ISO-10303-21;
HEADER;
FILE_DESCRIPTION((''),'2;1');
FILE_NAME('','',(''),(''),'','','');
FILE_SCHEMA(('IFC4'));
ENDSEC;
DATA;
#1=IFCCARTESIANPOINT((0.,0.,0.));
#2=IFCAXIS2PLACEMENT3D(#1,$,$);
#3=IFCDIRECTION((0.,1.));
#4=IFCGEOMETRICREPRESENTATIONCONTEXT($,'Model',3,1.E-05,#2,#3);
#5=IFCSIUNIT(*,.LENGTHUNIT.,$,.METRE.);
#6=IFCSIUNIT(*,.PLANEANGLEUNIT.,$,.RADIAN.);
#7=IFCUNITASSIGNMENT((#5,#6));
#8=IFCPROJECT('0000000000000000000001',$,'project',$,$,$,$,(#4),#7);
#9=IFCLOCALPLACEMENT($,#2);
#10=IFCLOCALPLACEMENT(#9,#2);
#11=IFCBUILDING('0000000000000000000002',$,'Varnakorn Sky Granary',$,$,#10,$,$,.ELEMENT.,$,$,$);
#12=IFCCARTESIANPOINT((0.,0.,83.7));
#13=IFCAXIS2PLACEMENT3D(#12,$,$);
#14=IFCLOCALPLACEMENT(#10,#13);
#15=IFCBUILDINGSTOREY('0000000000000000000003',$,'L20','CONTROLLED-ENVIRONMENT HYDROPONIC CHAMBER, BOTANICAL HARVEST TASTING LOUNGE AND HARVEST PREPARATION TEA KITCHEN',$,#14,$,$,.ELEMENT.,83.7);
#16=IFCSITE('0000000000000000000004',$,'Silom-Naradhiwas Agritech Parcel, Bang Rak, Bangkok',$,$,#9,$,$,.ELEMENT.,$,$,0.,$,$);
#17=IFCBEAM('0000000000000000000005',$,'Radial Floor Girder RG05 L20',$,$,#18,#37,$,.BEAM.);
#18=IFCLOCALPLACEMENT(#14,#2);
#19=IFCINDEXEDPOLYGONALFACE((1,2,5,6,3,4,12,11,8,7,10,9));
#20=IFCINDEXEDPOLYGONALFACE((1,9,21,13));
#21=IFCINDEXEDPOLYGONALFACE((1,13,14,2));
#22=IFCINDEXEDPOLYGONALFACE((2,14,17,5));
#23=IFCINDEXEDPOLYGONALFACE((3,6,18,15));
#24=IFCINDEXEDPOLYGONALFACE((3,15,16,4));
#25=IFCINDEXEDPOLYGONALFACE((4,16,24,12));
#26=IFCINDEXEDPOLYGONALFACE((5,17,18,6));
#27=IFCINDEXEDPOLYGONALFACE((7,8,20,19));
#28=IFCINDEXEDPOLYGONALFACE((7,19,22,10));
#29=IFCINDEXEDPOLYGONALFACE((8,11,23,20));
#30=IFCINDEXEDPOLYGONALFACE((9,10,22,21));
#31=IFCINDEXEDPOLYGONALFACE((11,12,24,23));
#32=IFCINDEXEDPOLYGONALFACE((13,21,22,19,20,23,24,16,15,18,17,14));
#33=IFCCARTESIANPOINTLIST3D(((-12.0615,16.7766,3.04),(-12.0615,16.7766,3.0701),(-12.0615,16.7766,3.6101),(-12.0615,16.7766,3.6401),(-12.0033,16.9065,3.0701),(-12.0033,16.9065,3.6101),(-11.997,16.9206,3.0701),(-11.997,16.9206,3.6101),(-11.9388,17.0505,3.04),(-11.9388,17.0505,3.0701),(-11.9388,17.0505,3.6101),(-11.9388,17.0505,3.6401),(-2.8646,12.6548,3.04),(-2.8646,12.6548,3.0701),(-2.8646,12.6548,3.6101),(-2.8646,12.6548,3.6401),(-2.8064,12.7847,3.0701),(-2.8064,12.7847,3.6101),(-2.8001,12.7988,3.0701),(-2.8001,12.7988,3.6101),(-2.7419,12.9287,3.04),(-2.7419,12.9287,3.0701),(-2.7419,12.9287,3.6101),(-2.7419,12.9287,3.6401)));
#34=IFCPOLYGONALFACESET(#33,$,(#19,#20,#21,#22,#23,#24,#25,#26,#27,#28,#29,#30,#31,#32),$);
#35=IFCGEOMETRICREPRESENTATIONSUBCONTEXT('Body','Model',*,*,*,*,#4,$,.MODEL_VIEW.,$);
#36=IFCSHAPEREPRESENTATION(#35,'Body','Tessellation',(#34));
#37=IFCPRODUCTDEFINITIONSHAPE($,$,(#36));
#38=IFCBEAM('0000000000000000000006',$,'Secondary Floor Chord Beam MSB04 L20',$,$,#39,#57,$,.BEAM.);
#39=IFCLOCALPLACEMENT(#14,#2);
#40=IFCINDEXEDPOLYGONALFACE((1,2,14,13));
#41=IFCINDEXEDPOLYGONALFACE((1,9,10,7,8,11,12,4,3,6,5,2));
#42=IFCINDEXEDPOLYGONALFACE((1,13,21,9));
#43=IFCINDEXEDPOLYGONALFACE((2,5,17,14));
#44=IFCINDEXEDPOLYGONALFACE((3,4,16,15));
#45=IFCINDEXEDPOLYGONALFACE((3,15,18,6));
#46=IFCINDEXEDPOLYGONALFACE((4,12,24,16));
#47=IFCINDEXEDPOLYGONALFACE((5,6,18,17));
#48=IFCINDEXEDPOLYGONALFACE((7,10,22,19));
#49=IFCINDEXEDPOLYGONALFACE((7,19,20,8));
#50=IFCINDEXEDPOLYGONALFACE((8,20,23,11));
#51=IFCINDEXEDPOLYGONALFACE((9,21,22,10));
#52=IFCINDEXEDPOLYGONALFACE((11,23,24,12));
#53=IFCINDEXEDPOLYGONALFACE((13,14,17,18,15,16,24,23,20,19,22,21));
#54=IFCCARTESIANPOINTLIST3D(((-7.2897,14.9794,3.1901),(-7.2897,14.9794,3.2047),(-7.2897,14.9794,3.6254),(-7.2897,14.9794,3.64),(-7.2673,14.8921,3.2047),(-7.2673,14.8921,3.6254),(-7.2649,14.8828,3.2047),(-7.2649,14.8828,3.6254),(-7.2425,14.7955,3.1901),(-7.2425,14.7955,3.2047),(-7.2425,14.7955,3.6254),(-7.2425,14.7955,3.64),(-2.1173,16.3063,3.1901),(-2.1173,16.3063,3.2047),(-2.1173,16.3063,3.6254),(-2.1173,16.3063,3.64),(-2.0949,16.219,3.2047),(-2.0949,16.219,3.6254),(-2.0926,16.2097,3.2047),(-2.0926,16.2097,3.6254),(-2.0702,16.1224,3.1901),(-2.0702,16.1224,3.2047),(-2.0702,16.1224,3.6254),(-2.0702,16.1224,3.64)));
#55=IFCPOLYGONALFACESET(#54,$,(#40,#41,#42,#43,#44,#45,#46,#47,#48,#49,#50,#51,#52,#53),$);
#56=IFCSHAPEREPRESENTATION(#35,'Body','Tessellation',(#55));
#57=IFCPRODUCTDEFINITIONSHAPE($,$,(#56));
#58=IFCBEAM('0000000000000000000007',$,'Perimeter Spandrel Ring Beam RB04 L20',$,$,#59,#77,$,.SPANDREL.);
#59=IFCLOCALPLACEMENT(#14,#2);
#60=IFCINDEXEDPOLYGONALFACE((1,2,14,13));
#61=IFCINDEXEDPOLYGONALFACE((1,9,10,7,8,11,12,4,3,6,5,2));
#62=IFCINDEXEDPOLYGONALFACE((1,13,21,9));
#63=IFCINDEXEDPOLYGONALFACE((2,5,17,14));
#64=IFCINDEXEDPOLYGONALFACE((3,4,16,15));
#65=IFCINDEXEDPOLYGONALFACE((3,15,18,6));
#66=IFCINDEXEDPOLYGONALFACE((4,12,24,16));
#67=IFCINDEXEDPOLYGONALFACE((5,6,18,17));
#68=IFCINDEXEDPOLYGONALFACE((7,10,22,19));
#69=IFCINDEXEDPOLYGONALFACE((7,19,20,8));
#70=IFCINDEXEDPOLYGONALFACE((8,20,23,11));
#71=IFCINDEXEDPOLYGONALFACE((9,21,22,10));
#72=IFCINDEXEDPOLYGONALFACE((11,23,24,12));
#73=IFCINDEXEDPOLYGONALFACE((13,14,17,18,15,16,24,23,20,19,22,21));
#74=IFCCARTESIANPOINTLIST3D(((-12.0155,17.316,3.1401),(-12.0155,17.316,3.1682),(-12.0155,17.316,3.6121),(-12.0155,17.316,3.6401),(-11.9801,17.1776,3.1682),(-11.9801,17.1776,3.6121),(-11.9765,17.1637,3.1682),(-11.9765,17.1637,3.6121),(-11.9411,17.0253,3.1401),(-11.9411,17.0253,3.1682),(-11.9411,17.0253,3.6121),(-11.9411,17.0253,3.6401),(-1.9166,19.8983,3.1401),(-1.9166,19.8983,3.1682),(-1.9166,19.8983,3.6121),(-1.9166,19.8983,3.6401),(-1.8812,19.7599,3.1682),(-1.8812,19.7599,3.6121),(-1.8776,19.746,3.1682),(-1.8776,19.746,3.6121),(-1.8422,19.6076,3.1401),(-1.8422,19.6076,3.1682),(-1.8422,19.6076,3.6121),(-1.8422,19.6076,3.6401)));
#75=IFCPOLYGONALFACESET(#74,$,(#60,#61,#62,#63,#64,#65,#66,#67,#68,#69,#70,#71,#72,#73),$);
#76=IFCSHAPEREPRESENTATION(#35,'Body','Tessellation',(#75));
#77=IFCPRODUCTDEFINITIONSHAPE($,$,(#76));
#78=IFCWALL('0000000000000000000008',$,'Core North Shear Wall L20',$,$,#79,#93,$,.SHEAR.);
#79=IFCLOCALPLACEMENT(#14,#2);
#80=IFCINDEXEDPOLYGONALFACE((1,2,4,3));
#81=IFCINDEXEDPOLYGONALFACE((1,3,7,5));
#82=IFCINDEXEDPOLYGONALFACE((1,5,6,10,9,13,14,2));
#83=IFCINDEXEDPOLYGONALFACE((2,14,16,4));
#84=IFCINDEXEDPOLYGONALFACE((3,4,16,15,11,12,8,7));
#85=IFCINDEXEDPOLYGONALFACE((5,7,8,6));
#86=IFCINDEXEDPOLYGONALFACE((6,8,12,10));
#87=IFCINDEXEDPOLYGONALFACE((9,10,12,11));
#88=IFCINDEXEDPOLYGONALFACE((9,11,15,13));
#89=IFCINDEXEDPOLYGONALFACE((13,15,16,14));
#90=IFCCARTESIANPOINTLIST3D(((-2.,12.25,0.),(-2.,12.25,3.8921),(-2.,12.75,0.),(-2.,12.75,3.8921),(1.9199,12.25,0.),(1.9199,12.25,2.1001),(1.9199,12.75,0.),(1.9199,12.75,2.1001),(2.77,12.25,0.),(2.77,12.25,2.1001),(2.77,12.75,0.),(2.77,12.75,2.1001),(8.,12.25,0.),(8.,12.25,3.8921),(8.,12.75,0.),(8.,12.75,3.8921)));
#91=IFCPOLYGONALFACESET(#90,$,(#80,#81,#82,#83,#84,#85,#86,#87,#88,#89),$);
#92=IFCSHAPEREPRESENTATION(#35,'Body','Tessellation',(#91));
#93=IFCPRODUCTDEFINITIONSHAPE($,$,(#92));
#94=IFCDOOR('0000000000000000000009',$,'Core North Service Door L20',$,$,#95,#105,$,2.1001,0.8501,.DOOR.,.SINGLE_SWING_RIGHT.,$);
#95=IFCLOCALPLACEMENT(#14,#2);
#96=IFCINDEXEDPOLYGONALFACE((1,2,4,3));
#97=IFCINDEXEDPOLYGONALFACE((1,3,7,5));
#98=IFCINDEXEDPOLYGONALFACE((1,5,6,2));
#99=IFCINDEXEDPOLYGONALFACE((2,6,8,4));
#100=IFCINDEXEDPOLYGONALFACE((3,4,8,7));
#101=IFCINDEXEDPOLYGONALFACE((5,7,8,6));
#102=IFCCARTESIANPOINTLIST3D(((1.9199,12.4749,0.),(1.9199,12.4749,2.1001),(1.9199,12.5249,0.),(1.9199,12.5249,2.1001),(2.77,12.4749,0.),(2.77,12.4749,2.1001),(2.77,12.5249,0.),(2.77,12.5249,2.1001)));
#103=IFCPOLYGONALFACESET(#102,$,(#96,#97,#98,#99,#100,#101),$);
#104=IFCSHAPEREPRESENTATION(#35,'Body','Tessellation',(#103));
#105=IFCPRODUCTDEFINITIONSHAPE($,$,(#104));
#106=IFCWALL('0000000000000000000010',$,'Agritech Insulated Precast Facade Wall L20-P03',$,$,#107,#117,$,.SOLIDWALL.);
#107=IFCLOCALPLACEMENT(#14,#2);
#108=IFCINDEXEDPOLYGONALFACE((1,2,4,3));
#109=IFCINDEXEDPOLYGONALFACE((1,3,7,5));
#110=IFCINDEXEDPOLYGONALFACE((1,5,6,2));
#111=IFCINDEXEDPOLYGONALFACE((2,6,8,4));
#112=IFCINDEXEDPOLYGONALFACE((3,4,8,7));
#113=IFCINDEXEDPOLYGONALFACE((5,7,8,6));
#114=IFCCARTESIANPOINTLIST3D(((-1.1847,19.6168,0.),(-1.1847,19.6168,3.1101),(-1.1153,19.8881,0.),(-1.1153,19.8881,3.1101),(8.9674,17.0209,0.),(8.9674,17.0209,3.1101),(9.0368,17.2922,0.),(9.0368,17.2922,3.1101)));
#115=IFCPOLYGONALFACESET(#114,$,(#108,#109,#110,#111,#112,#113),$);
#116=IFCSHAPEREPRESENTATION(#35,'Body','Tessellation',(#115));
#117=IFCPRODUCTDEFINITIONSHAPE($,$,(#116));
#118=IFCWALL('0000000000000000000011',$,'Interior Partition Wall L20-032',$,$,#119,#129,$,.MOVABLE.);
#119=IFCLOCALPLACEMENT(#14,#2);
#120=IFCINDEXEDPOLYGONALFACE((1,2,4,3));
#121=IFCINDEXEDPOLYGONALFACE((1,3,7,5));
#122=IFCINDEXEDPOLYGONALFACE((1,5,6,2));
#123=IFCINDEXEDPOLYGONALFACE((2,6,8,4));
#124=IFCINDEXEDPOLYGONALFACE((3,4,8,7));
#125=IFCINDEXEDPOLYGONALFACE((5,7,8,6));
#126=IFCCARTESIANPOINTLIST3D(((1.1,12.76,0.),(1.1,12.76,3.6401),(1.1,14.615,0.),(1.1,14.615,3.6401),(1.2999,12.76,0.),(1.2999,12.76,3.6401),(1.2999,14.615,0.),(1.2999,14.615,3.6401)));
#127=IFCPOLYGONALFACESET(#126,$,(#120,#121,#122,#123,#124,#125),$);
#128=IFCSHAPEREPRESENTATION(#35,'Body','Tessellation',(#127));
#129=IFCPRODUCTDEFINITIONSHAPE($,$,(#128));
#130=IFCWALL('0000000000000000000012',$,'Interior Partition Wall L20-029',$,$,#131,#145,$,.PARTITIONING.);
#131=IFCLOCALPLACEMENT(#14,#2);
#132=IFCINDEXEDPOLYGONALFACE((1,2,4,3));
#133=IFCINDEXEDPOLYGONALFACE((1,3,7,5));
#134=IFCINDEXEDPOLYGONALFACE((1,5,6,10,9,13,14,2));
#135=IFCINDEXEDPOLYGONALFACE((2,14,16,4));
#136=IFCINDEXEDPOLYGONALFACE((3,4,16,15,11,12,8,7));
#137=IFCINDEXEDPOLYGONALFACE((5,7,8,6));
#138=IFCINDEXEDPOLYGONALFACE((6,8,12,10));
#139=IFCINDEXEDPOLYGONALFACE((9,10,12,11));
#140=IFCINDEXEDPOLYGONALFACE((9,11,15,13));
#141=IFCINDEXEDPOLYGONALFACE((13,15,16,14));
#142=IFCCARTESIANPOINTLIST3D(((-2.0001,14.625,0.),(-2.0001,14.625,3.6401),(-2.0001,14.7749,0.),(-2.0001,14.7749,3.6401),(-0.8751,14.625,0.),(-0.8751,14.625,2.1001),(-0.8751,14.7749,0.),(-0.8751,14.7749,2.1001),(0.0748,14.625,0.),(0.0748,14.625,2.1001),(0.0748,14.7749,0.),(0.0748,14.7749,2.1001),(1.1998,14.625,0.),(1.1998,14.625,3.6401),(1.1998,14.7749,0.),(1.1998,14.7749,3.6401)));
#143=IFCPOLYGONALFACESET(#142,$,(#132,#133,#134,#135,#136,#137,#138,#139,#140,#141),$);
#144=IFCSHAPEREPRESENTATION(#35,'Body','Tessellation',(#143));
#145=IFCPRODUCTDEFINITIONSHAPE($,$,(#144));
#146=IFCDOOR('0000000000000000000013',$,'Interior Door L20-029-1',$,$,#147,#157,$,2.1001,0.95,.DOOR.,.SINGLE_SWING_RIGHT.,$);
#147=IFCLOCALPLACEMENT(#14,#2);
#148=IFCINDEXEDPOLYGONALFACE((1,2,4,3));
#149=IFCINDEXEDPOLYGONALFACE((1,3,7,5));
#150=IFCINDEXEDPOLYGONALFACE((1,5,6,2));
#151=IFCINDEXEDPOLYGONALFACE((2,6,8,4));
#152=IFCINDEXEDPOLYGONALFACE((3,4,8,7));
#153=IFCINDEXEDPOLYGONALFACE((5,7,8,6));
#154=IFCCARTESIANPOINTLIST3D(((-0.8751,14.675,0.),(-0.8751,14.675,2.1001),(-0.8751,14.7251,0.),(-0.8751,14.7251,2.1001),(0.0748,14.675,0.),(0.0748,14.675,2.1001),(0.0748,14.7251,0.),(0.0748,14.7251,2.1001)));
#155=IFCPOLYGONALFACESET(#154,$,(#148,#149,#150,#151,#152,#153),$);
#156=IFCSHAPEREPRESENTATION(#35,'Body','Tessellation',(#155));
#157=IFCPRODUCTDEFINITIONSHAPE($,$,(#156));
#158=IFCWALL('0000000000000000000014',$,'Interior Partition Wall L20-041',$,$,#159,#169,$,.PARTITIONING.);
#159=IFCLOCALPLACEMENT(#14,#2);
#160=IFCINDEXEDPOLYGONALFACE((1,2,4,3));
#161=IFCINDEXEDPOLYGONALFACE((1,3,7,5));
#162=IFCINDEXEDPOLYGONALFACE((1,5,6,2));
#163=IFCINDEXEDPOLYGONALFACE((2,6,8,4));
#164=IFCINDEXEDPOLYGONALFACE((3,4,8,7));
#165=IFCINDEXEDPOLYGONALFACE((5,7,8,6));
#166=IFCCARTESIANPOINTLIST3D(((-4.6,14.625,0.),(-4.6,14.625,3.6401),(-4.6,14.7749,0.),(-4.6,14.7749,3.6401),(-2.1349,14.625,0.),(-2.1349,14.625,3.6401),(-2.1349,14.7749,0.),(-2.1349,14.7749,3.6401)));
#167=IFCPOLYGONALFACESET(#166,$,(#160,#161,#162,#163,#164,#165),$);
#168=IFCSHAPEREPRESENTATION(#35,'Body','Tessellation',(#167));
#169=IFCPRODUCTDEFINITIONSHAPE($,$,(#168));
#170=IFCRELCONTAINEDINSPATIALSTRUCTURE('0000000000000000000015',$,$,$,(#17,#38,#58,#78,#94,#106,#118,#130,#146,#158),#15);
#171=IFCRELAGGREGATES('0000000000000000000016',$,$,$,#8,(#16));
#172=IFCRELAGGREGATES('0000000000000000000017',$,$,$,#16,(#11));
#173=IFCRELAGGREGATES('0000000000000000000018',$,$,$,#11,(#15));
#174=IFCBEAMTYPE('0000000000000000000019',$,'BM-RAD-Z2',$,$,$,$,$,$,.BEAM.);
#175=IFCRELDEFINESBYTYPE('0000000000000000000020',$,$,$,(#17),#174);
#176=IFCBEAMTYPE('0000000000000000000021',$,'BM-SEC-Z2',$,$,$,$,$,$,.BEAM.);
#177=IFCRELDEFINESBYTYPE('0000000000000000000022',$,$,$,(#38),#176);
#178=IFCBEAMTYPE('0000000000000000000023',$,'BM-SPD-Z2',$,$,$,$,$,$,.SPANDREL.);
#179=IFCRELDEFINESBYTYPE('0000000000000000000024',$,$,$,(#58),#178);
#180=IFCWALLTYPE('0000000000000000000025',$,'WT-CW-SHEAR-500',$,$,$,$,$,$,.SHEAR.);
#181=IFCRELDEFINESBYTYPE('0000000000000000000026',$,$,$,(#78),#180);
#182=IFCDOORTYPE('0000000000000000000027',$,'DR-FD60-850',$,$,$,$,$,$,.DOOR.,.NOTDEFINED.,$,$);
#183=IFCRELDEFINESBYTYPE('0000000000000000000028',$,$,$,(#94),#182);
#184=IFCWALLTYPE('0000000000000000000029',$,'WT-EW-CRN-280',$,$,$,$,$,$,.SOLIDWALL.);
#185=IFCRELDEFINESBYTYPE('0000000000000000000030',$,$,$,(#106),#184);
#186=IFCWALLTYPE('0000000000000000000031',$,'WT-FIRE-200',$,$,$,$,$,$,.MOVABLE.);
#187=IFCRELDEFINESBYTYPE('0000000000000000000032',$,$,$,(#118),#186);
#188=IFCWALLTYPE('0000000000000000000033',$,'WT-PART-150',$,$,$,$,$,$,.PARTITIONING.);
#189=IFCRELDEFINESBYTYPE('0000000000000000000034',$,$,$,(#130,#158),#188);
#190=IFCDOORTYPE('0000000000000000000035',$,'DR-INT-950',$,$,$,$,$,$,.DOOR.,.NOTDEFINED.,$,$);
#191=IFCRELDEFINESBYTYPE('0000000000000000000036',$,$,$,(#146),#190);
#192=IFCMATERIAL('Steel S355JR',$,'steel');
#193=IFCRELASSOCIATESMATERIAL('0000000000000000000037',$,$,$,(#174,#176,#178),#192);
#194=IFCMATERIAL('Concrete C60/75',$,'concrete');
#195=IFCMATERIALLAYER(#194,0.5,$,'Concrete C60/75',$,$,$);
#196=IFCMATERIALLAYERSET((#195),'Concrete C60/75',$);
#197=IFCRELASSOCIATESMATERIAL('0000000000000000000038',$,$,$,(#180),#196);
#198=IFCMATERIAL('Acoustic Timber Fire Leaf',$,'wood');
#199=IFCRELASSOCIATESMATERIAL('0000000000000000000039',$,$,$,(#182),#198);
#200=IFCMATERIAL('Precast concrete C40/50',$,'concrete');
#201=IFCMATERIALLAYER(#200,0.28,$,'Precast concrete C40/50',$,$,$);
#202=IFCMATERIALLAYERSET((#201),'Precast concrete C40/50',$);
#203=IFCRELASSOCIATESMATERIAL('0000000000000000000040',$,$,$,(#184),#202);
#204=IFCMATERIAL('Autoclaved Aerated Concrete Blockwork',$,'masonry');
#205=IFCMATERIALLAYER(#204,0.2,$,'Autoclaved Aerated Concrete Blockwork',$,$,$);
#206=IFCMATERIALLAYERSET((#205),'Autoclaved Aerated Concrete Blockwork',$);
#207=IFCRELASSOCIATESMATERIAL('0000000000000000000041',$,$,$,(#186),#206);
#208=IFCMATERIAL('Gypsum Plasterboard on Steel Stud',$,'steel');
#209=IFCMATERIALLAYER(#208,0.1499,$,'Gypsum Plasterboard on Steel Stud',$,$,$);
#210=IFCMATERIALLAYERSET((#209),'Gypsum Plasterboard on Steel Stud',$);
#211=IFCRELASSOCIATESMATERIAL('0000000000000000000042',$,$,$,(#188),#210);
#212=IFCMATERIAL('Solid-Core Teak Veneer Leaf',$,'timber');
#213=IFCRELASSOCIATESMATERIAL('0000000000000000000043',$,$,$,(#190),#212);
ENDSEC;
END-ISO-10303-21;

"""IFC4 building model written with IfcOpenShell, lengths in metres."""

from ifc_helpers import new_model, si_unit, direction, frame, frame_2d, origin, origin_2d, place, context, subcontext, project, spatial, rectangle, i_section, extrude, material, layer, layer_set, material_profile, profile_set, type_object, element, fill, save


model = new_model("IFC4")

# Units and contexts
model_context = context("Model", 3, precision=1e-05, world=origin(), true_north=direction((0.0, 1.0)))
body_context = subcontext(model_context, "Body", "Model", "MODEL_VIEW")
ifc_project = project(units=[si_unit("LENGTHUNIT", "METRE"), si_unit("PLANEANGLEUNIT", "RADIAN")], contexts=[model_context])

# Site, building, storey
site_placement = place(None, origin())
site = spatial("IfcSite", under=ifc_project, at=site_placement, Name="Silom-Naradhiwas Agritech Parcel, Bang Rak, Bangkok", CompositionType="ELEMENT", RefElevation=0.0)
building_placement = place(site_placement, origin())
building = spatial("IfcBuilding", under=site, at=building_placement, Name="Varnakorn Sky Granary", CompositionType="ELEMENT")
storey_placement = place(building_placement, frame((0.0, 0.0, 83.7)))
storey = spatial("IfcBuildingStorey", under=building, at=storey_placement, Name="L20", Description="CONTROLLED-ENVIRONMENT HYDROPONIC CHAMBER, BOTANICAL HARVEST TASTING LOUNGE AND HARVEST PREPARATION TEA KITCHEN", CompositionType="ELEMENT", Elevation=83.7)

# Shared definitions
ifc_material_1 = material(Name="Concrete C60/75", Category="concrete")

# Beams
ifc_material_2 = material(Name="Steel S355JR", Category="steel")
ifc_material_profile_1 = material_profile(ifc_material_2, i_section(OverallWidth=0.3, OverallDepth=0.6001, WebThickness=0.0154, FlangeThickness=0.03, at=origin_2d()), Name="HE 600 B")
ifc_profile_set_1 = profile_set([ifc_material_profile_1], Name="Steel S355JR")
beam_type_1 = type_object("IfcBeamType", Name="BM-RAD-Z2", PredefinedType="BEAM", material=ifc_profile_set_1)
beam_1_placement = place(storey_placement, frame((-2.8032, 12.7917, 3.3401), z_axis=(-0.912545, 0.408975, 0.0), x_axis=(-0.408975, -0.912545, 0.0)))
element("IfcBeam", 1, at=beam_1_placement, inside=storey, type_object=beam_type_1, Name="Radial Floor Girder RG05 L20", PredefinedType="BEAM", context=body_context, shape_type="SweptSolid", body=[
    extrude(i_section(OverallWidth=0.3, OverallDepth=0.6001, WebThickness=0.0154, FlangeThickness=0.03, at=origin_2d()), origin(), (0.0, 0.0, 1.0), 10.0784),
])
ifc_material_profile_2 = material_profile(ifc_material_2, i_section(OverallWidth=0.1899, OverallDepth=0.45, WebThickness=0.0095, FlangeThickness=0.0146, at=origin_2d()), Name="IPE 450")
ifc_profile_set_2 = profile_set([ifc_material_profile_2], Name="Steel S355JR")
beam_type_2 = type_object("IfcBeamType", Name="BM-SEC-Z2", PredefinedType="BEAM", material=ifc_profile_set_2)
beam_2_placement = place(storey_placement, frame((-2.0938, 16.2144, 3.415), z_axis=(-0.968634, -0.248491, 0.0), x_axis=(0.248491, -0.968634, 0.0)))
element("IfcBeam", 2, at=beam_2_placement, inside=storey, type_object=beam_type_2, Name="Secondary Floor Chord Beam MSB04 L20", PredefinedType="BEAM", context=body_context, shape_type="SweptSolid", body=[
    extrude(i_section(OverallWidth=0.1899, OverallDepth=0.45, WebThickness=0.0095, FlangeThickness=0.0146, at=origin_2d()), origin(), (0.0, 0.0, 1.0), 5.3398),
])
ifc_material_profile_3 = material_profile(ifc_material_2, i_section(OverallWidth=0.3, OverallDepth=0.5, WebThickness=0.0144, FlangeThickness=0.0281, at=origin_2d()), Name="HE 500 B")
ifc_profile_set_3 = profile_set([ifc_material_profile_3], Name="Steel S355JR")
beam_type_3 = type_object("IfcBeamType", Name="BM-SPD-Z2", PredefinedType="SPANDREL", material=ifc_profile_set_3)
beam_3_placement = place(storey_placement, frame((-1.8794, 19.7529, 3.3901), z_axis=(-0.968829, -0.247729, 0.0), x_axis=(0.247729, -0.968829, 0.0)))
element("IfcBeam", 3, at=beam_3_placement, inside=storey, type_object=beam_type_3, Name="Perimeter Spandrel Ring Beam RB04 L20", PredefinedType="SPANDREL", context=body_context, shape_type="SweptSolid", body=[
    extrude(i_section(OverallWidth=0.3, OverallDepth=0.5, WebThickness=0.0144, FlangeThickness=0.0281, at=origin_2d()), origin(), (0.0, 0.0, 1.0), 10.4238),
])

# Wall, opening, door
ifc_layer_1 = layer(ifc_material_1, 0.5, Name="Concrete C60/75")
ifc_layer_set_1 = layer_set([ifc_layer_1], Name="Concrete C60/75")
wall_type_1 = type_object("IfcWallType", Name="WT-CW-SHEAR-500", PredefinedType="SHEAR", material=ifc_layer_set_1)
wall_1_placement = place(storey_placement, frame((-2.0, 12.5, 0.0), z_axis=(0.0, 0.0, 1.0), x_axis=(1.0, 0.0, 0.0)))
wall_1 = element("IfcWall", 4, at=wall_1_placement, inside=storey, type_object=wall_type_1, Name="Core North Shear Wall L20", PredefinedType="SHEAR", context=body_context, shape_type="SweptSolid", body=[
    extrude(rectangle(XDim=10.0, YDim=0.5, at=frame_2d((5.0, 0.0))), origin(), (0.0, 0.0, 1.0), 3.8921),
])
opening_1_placement = place(wall_1_placement, frame((3.9199, 0.0, 0.0)))
opening_1 = element("IfcOpeningElement", 5, at=opening_1_placement, cuts=wall_1, PredefinedType="OPENING", context=body_context, shape_type="SweptSolid", body=[
    extrude(rectangle(XDim=0.8501, YDim=2.1001, at=frame_2d((0.425, 1.05))), frame((0.0, 0.26, 0.0), z_axis=(0.0, -1.0, 0.0), x_axis=(1.0, 0.0, 0.0)), (0.0, 0.0, 1.0), 0.52),
])
ifc_material_3 = material(Name="Acoustic Timber Fire Leaf", Category="wood")
door_type_1 = type_object("IfcDoorType", Name="DR-FD60-850", OperationType="NOTDEFINED", PredefinedType="DOOR", material=ifc_material_3)
door_1_placement = place(opening_1_placement, origin())
door_1 = element("IfcDoor", 6, at=door_1_placement, inside=storey, type_object=door_type_1, Name="Core North Service Door L20", OperationType="SINGLE_SWING_RIGHT", OverallHeight=2.1001, OverallWidth=0.8501, PredefinedType="DOOR", context=body_context, shape_type="SweptSolid", body=[
    extrude(rectangle(XDim=0.8501, YDim=2.1001, at=frame_2d((0.425, 1.05))), frame((0.0, 0.0249, 0.0), z_axis=(0.0, -1.0, 0.0), x_axis=(1.0, 0.0, 0.0)), (0.0, 0.0, 1.0), 0.05),
])
fill(opening_1, door_1)

# Walls
ifc_material_4 = material(Name="Precast concrete C40/50", Category="concrete")
ifc_layer_2 = layer(ifc_material_4, 0.28, Name="Precast concrete C40/50")
ifc_layer_set_2 = layer_set([ifc_layer_2], Name="Precast concrete C40/50")
wall_type_2 = type_object("IfcWallType", Name="WT-EW-CRN-280", PredefinedType="SOLIDWALL", material=ifc_layer_set_2)
wall_2_placement = place(storey_placement, frame((-1.1499, 19.7524, 0.0), z_axis=(0.0, 0.0, 1.0), x_axis=(0.968828, -0.247735, 0.0)))
element("IfcWall", 7, at=wall_2_placement, inside=storey, type_object=wall_type_2, Name="Agritech Insulated Precast Facade Wall L20-P03", PredefinedType="SOLIDWALL", context=body_context, shape_type="SweptSolid", body=[
    extrude(rectangle(XDim=10.4788, YDim=0.28, at=frame_2d((5.2393, 0.0))), origin(), (0.0, 0.0, 1.0), 3.1101),
])
ifc_material_5 = material(Name="Autoclaved Aerated Concrete Blockwork", Category="masonry")
ifc_layer_3 = layer(ifc_material_5, 0.2, Name="Autoclaved Aerated Concrete Blockwork")
ifc_layer_set_3 = layer_set([ifc_layer_3], Name="Autoclaved Aerated Concrete Blockwork")
wall_type_3 = type_object("IfcWallType", Name="WT-FIRE-200", PredefinedType="MOVABLE", material=ifc_layer_set_3)
wall_3_placement = place(storey_placement, frame((1.2, 14.615, 0.0), z_axis=(0.0, 0.0, 1.0), x_axis=(0.0, -1.0, 0.0)))
element("IfcWall", 8, at=wall_3_placement, inside=storey, type_object=wall_type_3, Name="Interior Partition Wall L20-032", PredefinedType="MOVABLE", context=body_context, shape_type="SweptSolid", body=[
    extrude(rectangle(XDim=1.855, YDim=0.2, at=frame_2d((0.9275, 0.0))), origin(), (0.0, 0.0, 1.0), 3.6401),
])

# Wall, opening, door
ifc_material_6 = material(Name="Gypsum Plasterboard on Steel Stud", Category="steel")
ifc_layer_4 = layer(ifc_material_6, 0.1499, Name="Gypsum Plasterboard on Steel Stud")
ifc_layer_set_4 = layer_set([ifc_layer_4], Name="Gypsum Plasterboard on Steel Stud")
wall_type_4 = type_object("IfcWallType", Name="WT-PART-150", PredefinedType="PARTITIONING", material=ifc_layer_set_4)
wall_4_placement = place(storey_placement, frame((1.2, 14.7, 0.0), z_axis=(0.0, 0.0, 1.0), x_axis=(-1.0, 0.0, 0.0)))
wall_4 = element("IfcWall", 9, at=wall_4_placement, inside=storey, type_object=wall_type_4, Name="Interior Partition Wall L20-029", PredefinedType="PARTITIONING", context=body_context, shape_type="SweptSolid", body=[
    extrude(rectangle(XDim=3.2, YDim=0.1499, at=frame_2d((1.6001, 0.0))), origin(), (0.0, 0.0, 1.0), 3.6401),
])
opening_2_placement = place(wall_4_placement, frame((1.125, 0.0, 0.0)))
opening_2 = element("IfcOpeningElement", 10, at=opening_2_placement, cuts=wall_4, PredefinedType="OPENING", context=body_context, shape_type="SweptSolid", body=[
    extrude(rectangle(XDim=0.95, YDim=2.1001, at=frame_2d((0.4751, 1.05))), frame((0.0, 0.085, 0.0), z_axis=(0.0, -1.0, 0.0), x_axis=(1.0, 0.0, 0.0)), (0.0, 0.0, 1.0), 0.1699),
])
ifc_material_7 = material(Name="Solid-Core Teak Veneer Leaf", Category="timber")
door_type_2 = type_object("IfcDoorType", Name="DR-INT-950", OperationType="NOTDEFINED", PredefinedType="DOOR", material=ifc_material_7)
door_2_placement = place(opening_2_placement, origin())
door_2 = element("IfcDoor", 11, at=door_2_placement, inside=storey, type_object=door_type_2, Name="Interior Door L20-029-1", OperationType="SINGLE_SWING_RIGHT", OverallHeight=2.1001, OverallWidth=0.95, PredefinedType="DOOR", context=body_context, shape_type="SweptSolid", body=[
    extrude(rectangle(XDim=0.95, YDim=2.1001, at=frame_2d((0.4751, 1.05))), frame((0.0, 0.0249, 0.0), z_axis=(0.0, -1.0, 0.0), x_axis=(1.0, 0.0, 0.0)), (0.0, 0.0, 1.0), 0.05),
])
fill(opening_2, door_2)

# Wall
wall_5_placement = place(storey_placement, frame((-2.135, 14.7, 0.0), z_axis=(0.0, 0.0, 1.0), x_axis=(-1.0, 0.0, 0.0)))
element("IfcWall", 12, at=wall_5_placement, inside=storey, type_object=wall_type_4, Name="Interior Partition Wall L20-041", PredefinedType="PARTITIONING", context=body_context, shape_type="SweptSolid", body=[
    extrude(rectangle(XDim=2.4651, YDim=0.1499, at=frame_2d((1.2324, 0.0))), origin(), (0.0, 0.0, 1.0), 3.6401),
])

save(model, "model.ifc")
